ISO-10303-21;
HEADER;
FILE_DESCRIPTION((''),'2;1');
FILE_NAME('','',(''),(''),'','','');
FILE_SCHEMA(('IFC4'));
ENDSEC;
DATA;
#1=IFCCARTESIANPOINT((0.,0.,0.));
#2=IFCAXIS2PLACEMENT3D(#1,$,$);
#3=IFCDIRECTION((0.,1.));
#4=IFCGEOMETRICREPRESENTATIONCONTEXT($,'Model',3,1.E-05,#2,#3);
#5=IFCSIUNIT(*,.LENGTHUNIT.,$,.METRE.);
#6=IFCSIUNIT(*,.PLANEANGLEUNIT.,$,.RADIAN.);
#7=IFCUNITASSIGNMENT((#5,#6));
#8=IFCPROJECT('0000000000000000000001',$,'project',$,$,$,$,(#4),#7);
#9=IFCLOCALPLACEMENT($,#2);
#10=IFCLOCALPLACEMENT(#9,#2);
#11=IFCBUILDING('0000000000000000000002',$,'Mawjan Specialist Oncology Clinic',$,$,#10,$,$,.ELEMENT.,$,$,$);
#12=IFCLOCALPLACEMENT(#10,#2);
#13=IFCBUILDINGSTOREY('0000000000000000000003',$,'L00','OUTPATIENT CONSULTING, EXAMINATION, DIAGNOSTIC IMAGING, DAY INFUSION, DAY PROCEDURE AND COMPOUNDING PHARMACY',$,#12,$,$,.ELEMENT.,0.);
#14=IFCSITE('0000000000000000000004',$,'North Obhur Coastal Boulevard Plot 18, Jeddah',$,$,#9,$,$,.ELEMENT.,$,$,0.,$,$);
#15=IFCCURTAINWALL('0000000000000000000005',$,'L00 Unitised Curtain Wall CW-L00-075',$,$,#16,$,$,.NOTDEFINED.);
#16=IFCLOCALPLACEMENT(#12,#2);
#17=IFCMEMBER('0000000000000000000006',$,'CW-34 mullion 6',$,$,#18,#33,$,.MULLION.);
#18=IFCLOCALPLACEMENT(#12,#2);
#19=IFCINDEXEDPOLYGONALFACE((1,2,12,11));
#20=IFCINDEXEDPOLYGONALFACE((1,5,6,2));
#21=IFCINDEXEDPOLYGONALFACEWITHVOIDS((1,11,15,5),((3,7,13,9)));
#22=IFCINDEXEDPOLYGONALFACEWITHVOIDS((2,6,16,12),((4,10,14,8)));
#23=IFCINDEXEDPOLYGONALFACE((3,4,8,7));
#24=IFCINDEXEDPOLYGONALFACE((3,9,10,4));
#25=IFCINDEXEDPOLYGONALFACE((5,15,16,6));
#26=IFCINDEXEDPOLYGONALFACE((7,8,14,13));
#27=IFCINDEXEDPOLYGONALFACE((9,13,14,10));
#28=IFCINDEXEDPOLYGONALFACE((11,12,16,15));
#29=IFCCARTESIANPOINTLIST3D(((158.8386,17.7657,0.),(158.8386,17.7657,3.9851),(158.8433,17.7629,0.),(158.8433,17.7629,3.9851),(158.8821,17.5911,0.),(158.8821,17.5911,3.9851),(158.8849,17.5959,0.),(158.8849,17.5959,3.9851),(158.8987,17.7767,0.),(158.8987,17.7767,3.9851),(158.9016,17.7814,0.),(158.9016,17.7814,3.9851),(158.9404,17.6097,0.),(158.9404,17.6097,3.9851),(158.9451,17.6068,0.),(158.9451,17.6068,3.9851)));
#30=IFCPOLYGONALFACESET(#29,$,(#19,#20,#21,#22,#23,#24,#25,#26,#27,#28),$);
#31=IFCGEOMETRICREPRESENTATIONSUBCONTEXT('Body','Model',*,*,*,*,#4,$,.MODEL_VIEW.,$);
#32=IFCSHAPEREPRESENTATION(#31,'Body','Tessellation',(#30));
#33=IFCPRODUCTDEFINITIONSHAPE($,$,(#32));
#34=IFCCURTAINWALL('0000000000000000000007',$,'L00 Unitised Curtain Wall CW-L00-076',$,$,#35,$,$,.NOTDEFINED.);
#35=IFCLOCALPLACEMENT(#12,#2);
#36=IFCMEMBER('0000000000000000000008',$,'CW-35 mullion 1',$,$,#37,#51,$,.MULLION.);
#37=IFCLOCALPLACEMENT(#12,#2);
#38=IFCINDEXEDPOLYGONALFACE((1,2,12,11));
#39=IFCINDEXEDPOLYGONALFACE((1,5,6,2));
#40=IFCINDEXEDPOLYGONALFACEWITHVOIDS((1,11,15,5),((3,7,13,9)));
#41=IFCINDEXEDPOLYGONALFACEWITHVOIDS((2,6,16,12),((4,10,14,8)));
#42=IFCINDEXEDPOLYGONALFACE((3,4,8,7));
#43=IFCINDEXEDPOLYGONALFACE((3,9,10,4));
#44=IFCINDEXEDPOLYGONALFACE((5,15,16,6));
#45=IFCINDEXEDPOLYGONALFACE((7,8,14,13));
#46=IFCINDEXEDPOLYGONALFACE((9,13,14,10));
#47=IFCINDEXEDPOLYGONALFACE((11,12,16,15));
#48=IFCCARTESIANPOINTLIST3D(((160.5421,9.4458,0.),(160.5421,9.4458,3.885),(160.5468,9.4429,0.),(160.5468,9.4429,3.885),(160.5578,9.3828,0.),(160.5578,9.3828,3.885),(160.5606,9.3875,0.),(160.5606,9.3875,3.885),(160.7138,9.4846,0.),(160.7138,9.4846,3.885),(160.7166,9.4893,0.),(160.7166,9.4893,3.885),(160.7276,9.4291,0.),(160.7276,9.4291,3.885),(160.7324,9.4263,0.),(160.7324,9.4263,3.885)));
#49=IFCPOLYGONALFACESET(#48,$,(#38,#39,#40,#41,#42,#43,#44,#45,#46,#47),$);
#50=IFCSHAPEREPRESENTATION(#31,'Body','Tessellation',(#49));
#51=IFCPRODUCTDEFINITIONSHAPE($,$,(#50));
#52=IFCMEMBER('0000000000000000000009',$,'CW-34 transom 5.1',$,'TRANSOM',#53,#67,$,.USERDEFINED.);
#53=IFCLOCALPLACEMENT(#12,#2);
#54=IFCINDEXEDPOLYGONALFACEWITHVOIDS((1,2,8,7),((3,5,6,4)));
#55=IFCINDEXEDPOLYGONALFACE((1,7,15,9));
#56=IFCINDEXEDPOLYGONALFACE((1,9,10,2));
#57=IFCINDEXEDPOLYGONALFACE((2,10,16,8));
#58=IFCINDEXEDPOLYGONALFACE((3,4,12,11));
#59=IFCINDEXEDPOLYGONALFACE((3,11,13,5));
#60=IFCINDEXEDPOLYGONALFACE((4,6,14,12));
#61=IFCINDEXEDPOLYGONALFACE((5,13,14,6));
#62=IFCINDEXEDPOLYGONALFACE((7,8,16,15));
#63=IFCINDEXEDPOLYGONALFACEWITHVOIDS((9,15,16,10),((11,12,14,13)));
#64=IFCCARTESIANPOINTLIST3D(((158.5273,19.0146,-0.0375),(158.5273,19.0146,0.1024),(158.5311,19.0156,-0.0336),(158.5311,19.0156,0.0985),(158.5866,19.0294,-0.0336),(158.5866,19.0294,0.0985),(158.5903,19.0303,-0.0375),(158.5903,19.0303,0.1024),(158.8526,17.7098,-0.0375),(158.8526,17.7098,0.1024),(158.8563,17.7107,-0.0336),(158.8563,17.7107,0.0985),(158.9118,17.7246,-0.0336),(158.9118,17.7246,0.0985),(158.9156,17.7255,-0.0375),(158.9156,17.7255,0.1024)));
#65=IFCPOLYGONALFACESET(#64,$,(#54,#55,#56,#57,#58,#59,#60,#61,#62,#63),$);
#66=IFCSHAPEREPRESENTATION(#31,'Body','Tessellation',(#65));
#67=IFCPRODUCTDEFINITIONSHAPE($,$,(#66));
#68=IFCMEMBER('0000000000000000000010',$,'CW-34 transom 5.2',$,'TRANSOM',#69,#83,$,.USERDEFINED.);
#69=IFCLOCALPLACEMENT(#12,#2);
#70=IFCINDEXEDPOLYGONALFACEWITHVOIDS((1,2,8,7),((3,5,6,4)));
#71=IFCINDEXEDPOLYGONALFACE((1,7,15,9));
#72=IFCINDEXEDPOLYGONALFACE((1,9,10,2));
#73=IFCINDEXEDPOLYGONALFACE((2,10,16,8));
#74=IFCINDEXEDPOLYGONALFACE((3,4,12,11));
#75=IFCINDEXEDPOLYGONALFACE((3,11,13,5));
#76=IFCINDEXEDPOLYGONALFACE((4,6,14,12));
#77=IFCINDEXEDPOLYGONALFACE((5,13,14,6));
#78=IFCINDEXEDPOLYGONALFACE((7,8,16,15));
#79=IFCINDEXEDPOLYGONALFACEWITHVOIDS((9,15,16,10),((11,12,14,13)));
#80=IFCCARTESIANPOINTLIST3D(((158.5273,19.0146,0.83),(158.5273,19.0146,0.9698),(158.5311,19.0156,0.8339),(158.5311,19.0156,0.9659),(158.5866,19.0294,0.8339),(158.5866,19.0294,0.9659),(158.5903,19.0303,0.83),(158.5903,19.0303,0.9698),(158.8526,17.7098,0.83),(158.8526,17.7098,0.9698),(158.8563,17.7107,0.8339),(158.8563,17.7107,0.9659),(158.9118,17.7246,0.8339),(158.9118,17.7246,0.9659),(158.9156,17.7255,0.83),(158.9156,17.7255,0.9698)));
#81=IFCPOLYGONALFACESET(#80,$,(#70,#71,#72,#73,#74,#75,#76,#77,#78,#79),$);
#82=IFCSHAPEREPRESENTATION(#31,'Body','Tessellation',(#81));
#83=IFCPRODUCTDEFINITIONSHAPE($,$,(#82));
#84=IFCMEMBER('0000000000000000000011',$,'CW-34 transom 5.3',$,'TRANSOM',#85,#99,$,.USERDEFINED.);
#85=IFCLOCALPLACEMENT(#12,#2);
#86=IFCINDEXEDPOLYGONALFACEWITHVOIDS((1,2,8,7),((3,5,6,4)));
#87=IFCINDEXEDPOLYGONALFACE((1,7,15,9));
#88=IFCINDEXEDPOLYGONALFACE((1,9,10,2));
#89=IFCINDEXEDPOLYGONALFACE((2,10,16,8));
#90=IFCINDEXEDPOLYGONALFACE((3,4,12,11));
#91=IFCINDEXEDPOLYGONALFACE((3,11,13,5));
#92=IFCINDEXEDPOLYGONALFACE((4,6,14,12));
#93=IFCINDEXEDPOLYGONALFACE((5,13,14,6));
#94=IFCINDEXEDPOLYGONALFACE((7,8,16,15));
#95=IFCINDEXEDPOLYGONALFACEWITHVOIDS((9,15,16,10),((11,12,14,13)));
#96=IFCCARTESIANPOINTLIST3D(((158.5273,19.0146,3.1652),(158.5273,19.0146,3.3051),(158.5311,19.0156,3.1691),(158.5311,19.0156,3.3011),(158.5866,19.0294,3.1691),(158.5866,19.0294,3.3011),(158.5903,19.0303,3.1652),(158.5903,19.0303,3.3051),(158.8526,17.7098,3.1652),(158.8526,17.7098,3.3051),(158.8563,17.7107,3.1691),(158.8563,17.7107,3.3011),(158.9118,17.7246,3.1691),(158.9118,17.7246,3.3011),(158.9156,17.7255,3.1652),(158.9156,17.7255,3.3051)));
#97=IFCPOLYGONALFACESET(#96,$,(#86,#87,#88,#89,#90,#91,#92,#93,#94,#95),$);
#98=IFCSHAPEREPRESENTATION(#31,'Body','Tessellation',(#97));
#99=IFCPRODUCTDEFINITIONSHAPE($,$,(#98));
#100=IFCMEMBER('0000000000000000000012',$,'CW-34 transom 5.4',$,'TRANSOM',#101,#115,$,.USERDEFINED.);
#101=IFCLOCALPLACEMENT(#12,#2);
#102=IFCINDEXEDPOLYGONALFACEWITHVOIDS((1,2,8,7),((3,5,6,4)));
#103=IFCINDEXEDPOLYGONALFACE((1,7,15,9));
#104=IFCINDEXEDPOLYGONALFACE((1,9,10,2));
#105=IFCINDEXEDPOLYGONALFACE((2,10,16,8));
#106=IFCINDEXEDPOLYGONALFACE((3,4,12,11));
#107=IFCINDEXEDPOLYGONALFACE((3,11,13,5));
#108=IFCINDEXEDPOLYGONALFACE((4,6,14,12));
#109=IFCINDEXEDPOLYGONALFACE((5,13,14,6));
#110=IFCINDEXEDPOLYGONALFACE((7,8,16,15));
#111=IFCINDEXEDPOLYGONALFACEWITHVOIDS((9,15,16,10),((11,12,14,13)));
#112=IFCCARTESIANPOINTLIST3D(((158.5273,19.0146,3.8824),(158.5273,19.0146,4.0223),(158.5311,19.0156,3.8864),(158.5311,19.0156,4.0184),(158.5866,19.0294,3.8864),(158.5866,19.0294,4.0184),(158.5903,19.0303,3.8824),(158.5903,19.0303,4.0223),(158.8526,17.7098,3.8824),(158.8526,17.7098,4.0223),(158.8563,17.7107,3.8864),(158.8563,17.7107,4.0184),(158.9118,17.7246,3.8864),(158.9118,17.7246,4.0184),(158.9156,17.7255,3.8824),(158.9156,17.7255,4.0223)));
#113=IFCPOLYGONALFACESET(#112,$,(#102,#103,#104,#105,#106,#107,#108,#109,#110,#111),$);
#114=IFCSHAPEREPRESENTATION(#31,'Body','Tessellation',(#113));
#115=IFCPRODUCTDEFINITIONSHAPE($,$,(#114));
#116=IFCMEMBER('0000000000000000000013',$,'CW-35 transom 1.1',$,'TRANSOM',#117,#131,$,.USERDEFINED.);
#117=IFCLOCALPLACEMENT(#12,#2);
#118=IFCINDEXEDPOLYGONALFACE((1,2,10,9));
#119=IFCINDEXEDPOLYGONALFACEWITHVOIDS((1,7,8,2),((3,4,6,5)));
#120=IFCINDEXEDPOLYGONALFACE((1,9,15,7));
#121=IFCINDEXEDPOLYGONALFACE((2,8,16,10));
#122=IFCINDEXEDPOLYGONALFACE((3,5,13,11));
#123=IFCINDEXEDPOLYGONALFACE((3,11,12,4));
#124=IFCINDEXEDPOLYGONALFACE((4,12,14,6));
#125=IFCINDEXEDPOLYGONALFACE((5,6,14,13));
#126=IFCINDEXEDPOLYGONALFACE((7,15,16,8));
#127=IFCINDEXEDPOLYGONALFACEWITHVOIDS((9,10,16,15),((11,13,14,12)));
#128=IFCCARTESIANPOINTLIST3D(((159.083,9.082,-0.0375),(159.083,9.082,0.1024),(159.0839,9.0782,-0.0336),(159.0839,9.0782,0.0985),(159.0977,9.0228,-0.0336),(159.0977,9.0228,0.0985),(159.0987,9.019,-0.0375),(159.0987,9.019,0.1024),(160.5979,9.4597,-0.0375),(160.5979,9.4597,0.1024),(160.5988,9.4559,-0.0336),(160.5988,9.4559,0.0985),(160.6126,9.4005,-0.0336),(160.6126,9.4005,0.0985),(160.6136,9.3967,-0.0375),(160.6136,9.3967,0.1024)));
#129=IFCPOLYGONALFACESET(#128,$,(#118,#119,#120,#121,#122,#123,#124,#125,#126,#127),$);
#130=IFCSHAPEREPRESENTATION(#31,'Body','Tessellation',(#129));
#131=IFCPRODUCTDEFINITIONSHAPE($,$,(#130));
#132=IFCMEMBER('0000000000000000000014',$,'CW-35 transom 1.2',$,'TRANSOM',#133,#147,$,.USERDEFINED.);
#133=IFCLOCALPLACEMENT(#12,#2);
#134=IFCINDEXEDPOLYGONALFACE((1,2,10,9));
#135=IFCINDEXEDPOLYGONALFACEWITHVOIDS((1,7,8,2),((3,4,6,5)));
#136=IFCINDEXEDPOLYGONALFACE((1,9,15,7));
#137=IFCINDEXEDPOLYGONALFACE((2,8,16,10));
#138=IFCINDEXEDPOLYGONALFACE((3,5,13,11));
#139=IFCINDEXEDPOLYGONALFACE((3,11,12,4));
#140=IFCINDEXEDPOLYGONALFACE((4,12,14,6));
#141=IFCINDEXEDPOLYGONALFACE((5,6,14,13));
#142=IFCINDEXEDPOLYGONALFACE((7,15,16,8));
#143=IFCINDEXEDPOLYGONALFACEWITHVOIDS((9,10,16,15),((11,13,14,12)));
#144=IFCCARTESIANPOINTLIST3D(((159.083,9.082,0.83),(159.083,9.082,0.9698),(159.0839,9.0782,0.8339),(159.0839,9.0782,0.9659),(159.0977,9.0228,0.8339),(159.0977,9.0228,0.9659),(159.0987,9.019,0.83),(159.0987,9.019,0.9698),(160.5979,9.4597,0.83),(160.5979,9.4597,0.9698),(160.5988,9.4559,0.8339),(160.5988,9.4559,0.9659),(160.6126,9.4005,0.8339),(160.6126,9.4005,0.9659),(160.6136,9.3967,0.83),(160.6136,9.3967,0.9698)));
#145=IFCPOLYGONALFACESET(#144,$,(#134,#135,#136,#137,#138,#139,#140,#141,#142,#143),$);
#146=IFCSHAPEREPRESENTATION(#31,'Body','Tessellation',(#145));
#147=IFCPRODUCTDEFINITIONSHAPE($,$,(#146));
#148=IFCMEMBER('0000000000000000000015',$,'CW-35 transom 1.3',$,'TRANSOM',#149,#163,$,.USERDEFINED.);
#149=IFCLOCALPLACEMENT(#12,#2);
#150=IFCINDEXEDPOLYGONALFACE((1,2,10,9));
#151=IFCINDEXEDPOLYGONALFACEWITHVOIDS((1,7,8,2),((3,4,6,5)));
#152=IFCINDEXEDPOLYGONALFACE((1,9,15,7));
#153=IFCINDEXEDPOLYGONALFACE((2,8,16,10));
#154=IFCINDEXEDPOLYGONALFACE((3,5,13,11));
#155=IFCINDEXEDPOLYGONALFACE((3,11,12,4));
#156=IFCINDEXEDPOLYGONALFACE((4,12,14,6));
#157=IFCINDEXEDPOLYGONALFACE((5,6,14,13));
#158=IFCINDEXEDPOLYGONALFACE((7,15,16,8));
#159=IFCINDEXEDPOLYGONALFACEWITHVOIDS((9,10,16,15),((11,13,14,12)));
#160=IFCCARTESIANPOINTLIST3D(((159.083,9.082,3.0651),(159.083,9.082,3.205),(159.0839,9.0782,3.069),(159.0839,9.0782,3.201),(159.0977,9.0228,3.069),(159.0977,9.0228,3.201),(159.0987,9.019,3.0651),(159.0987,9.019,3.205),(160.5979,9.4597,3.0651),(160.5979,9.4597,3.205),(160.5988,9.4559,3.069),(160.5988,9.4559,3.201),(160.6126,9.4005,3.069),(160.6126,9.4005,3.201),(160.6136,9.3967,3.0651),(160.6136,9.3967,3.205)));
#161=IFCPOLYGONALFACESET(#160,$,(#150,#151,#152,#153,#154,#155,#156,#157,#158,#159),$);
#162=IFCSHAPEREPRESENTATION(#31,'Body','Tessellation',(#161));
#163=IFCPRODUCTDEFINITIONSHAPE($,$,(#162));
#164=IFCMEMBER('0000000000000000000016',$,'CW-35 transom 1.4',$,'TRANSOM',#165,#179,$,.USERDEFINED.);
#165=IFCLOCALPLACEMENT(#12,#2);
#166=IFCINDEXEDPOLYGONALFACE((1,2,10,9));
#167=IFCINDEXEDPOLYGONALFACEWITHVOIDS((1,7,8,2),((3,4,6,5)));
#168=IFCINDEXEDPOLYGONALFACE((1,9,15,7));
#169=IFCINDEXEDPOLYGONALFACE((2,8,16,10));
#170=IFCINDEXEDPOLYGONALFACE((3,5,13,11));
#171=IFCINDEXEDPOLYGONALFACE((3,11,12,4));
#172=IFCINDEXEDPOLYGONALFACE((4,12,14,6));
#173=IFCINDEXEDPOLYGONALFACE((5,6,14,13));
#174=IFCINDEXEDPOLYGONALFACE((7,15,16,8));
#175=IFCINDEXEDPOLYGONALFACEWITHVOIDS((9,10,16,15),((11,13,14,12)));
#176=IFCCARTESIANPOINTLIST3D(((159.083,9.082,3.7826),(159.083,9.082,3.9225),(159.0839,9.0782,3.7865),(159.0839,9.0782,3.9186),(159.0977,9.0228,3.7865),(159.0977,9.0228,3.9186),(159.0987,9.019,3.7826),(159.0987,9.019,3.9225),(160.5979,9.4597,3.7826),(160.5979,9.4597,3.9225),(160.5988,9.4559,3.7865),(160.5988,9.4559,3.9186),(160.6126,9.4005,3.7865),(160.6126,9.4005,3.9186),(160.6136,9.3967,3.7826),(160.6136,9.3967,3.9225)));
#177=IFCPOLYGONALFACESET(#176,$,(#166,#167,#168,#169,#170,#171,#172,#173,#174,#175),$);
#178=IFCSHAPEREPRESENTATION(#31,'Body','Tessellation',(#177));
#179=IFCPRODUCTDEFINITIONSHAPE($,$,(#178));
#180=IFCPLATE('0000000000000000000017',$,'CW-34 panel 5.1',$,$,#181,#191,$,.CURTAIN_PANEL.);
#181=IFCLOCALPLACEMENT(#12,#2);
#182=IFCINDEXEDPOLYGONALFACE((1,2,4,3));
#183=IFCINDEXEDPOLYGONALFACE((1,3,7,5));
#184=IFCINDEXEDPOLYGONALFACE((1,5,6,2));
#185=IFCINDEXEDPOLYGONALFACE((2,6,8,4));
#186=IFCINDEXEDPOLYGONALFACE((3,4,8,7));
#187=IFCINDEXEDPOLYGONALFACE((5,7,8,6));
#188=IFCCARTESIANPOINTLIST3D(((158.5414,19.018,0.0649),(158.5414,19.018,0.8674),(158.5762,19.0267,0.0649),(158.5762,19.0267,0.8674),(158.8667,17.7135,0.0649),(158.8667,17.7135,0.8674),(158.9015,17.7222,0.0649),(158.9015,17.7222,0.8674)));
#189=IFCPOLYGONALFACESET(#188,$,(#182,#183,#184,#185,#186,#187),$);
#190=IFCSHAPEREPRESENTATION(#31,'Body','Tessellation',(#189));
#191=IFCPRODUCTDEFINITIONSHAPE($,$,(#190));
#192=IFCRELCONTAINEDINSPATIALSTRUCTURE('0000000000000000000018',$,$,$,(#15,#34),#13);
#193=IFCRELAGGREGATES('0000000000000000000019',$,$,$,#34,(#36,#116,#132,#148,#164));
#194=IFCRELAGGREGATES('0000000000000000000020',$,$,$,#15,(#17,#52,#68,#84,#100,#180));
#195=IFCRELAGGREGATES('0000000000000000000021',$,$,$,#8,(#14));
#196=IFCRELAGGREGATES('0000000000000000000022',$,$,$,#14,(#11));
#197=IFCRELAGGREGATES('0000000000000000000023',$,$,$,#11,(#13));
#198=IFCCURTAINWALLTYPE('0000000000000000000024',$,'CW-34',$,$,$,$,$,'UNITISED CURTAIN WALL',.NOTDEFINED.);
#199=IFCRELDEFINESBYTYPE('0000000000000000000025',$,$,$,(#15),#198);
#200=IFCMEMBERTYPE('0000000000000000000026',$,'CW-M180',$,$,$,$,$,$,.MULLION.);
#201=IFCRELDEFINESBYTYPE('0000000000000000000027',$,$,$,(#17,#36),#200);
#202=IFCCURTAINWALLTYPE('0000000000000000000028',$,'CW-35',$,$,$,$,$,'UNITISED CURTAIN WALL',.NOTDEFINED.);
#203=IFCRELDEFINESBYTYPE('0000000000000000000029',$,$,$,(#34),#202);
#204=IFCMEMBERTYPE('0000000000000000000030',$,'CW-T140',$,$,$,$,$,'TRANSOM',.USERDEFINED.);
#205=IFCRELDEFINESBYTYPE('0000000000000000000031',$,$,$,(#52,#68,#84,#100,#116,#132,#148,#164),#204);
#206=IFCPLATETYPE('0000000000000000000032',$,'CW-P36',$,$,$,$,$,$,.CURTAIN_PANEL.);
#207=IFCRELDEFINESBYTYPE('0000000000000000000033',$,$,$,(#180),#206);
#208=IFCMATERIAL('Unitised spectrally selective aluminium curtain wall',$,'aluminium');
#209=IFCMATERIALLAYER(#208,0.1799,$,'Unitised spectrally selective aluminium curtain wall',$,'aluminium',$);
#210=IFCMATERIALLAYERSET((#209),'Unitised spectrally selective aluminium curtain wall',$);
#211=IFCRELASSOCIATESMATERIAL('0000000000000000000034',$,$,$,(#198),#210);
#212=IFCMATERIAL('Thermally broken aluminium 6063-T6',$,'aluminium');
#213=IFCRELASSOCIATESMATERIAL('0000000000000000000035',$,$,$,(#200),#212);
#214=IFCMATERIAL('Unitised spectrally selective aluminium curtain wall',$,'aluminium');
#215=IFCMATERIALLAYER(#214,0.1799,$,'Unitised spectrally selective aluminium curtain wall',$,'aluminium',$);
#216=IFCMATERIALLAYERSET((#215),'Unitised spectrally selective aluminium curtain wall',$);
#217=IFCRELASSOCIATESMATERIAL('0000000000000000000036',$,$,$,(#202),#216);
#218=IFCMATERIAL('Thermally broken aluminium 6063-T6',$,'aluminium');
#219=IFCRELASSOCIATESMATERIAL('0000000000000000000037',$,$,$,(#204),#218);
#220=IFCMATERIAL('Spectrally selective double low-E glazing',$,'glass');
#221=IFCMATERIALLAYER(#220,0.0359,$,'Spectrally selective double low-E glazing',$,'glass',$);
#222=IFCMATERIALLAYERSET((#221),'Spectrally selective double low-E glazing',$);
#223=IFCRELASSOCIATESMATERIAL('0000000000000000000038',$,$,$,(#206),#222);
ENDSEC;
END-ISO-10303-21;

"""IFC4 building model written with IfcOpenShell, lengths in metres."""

from ifc_helpers import new_model, si_unit, direction, frame, origin, origin_2d, place, context, subcontext, project, spatial, rectangle, hollow_rectangle, extrude, material, layer, layer_set, material_profile, profile_set, type_object, element, aggregate, save


model = new_model("IFC4")

# Units and contexts
model_context = context("Model", 3, precision=1e-05, world=origin(), true_north=direction((0.0, 1.0)))
body_context = subcontext(model_context, "Body", "Model", "MODEL_VIEW")
ifc_project = project(units=[si_unit("LENGTHUNIT", "METRE"), si_unit("PLANEANGLEUNIT", "RADIAN")], contexts=[model_context])

# Site, building, storey
site_placement = place(None, origin())
site = spatial("IfcSite", under=ifc_project, at=site_placement, Name="North Obhur Coastal Boulevard Plot 18, Jeddah", CompositionType="ELEMENT", RefElevation=0.0)
building_placement = place(site_placement, origin())
building = spatial("IfcBuilding", under=site, at=building_placement, Name="Mawjan Specialist Oncology Clinic", CompositionType="ELEMENT")
storey_placement = place(building_placement, origin())
storey = spatial("IfcBuildingStorey", under=building, at=storey_placement, Name="L00", Description="OUTPATIENT CONSULTING, EXAMINATION, DIAGNOSTIC IMAGING, DAY INFUSION, DAY PROCEDURE AND COMPOUNDING PHARMACY", CompositionType="ELEMENT", Elevation=0.0)

# Curtain wall, member
ifc_material_1 = material(Name="Unitised spectrally selective aluminium curtain wall", Category="aluminium")
ifc_layer_1 = layer(ifc_material_1, 0.1799, Name="Unitised spectrally selective aluminium curtain wall", Category="aluminium")
ifc_layer_set_1 = layer_set([ifc_layer_1], Name="Unitised spectrally selective aluminium curtain wall")
curtain_wall_type_1 = type_object("IfcCurtainWallType", Name="CW-34", ElementType="UNITISED CURTAIN WALL", PredefinedType="NOTDEFINED", material=ifc_layer_set_1)
curtain_wall_1_placement = place(storey_placement, origin())
curtain_wall_1 = element("IfcCurtainWall", 1, at=curtain_wall_1_placement, inside=storey, type_object=curtain_wall_type_1, Name="L00 Unitised Curtain Wall CW-L00-075", PredefinedType="NOTDEFINED")
ifc_material_2 = material(Name="Thermally broken aluminium 6063-T6", Category="aluminium")
ifc_material_profile_1 = material_profile(ifc_material_2, hollow_rectangle(XDim=0.0649, YDim=0.1799, WallThickness=0.0039, at=origin_2d()), Name="ALU MULLION 180x65x4", Category="aluminium")
ifc_profile_set_1 = profile_set([ifc_material_profile_1], Name="Thermally broken aluminium 6063-T6")
member_type_1 = type_object("IfcMemberType", Name="CW-M180", PredefinedType="MULLION", material=ifc_profile_set_1)
member_1_placement = place(storey_placement, frame((158.8918, 17.6863, 0.0), z_axis=(0.0, 0.0, 1.0), x_axis=(0.970296, 0.241922, 0.0)))
member_1 = element("IfcMember", 2, at=member_1_placement, type_object=member_type_1, Name="CW-34 mullion 6", PredefinedType="MULLION", context=body_context, shape_type="SweptSolid", body=[
    extrude(hollow_rectangle(XDim=0.0649, YDim=0.1799, WallThickness=0.0039, at=origin_2d()), origin(), (0.0, 0.0, 1.0), 3.9851),
])

# Curtain wall, member
ifc_material_3 = material(Name="Unitised spectrally selective aluminium curtain wall", Category="aluminium")
ifc_layer_2 = layer(ifc_material_3, 0.1799, Name="Unitised spectrally selective aluminium curtain wall", Category="aluminium")
ifc_layer_set_2 = layer_set([ifc_layer_2], Name="Unitised spectrally selective aluminium curtain wall")
curtain_wall_type_2 = type_object("IfcCurtainWallType", Name="CW-35", ElementType="UNITISED CURTAIN WALL", PredefinedType="NOTDEFINED", material=ifc_layer_set_2)
curtain_wall_2_placement = place(storey_placement, origin())
curtain_wall_2 = element("IfcCurtainWall", 3, at=curtain_wall_2_placement, inside=storey, type_object=curtain_wall_type_2, Name="L00 Unitised Curtain Wall CW-L00-076", PredefinedType="NOTDEFINED")
member_2_placement = place(storey_placement, frame((160.6372, 9.436, 0.0), z_axis=(0.0, 0.0, 1.0), x_axis=(0.241922, -0.970296, 0.0)))
member_2 = element("IfcMember", 4, at=member_2_placement, type_object=member_type_1, Name="CW-35 mullion 1", PredefinedType="MULLION", context=body_context, shape_type="SweptSolid", body=[
    extrude(hollow_rectangle(XDim=0.0649, YDim=0.1799, WallThickness=0.0039, at=origin_2d()), origin(), (0.0, 0.0, 1.0), 3.885),
])

# Members
ifc_material_4 = material(Name="Thermally broken aluminium 6063-T6", Category="aluminium")
ifc_material_profile_2 = material_profile(ifc_material_4, hollow_rectangle(XDim=0.0649, YDim=0.1399, WallThickness=0.0039, at=origin_2d()), Name="ALU TRANSOM 140x65x4", Category="aluminium")
ifc_profile_set_2 = profile_set([ifc_material_profile_2], Name="Thermally broken aluminium 6063-T6")
member_type_2 = type_object("IfcMemberType", Name="CW-T140", ElementType="TRANSOM", PredefinedType="USERDEFINED", material=ifc_profile_set_2)
member_3_placement = place(storey_placement, frame((158.5588, 19.0225, 0.0325), z_axis=(0.241852, -0.970313, 0.0), x_axis=(0.970313, 0.241852, 0.0)))
member_3 = element("IfcMember", 5, at=member_3_placement, type_object=member_type_2, Name="CW-34 transom 5.1", ObjectType="TRANSOM", PredefinedType="USERDEFINED", context=body_context, shape_type="SweptSolid", body=[
    extrude(hollow_rectangle(XDim=0.0649, YDim=0.1399, WallThickness=0.0039, at=origin_2d()), origin(), (0.0, 0.0, 1.0), 1.3447),
])
member_4_placement = place(storey_placement, frame((158.5588, 19.0225, 0.8999), z_axis=(0.241852, -0.970313, 0.0), x_axis=(0.970313, 0.241852, 0.0)))
member_4 = element("IfcMember", 6, at=member_4_placement, type_object=member_type_2, Name="CW-34 transom 5.2", ObjectType="TRANSOM", PredefinedType="USERDEFINED", context=body_context, shape_type="SweptSolid", body=[
    extrude(hollow_rectangle(XDim=0.0649, YDim=0.1399, WallThickness=0.0039, at=origin_2d()), origin(), (0.0, 0.0, 1.0), 1.3447),
])
member_5_placement = place(storey_placement, frame((158.5588, 19.0225, 3.2351), z_axis=(0.241852, -0.970313, 0.0), x_axis=(0.970313, 0.241852, 0.0)))
member_5 = element("IfcMember", 7, at=member_5_placement, type_object=member_type_2, Name="CW-34 transom 5.3", ObjectType="TRANSOM", PredefinedType="USERDEFINED", context=body_context, shape_type="SweptSolid", body=[
    extrude(hollow_rectangle(XDim=0.0649, YDim=0.1399, WallThickness=0.0039, at=origin_2d()), origin(), (0.0, 0.0, 1.0), 1.3447),
])
member_6_placement = place(storey_placement, frame((158.5588, 19.0225, 3.9524), z_axis=(0.241852, -0.970313, 0.0), x_axis=(0.970313, 0.241852, 0.0)))
member_6 = element("IfcMember", 8, at=member_6_placement, type_object=member_type_2, Name="CW-34 transom 5.4", ObjectType="TRANSOM", PredefinedType="USERDEFINED", context=body_context, shape_type="SweptSolid", body=[
    extrude(hollow_rectangle(XDim=0.0649, YDim=0.1399, WallThickness=0.0039, at=origin_2d()), origin(), (0.0, 0.0, 1.0), 1.3447),
])
member_7_placement = place(storey_placement, frame((160.6057, 9.4282, 0.0325), z_axis=(-0.970299, -0.24191, 0.0), x_axis=(0.24191, -0.970299, 0.0)))
member_7 = element("IfcMember", 9, at=member_7_placement, type_object=member_type_2, Name="CW-35 transom 1.1", ObjectType="TRANSOM", PredefinedType="USERDEFINED", context=body_context, shape_type="SweptSolid", body=[
    extrude(hollow_rectangle(XDim=0.0649, YDim=0.1399, WallThickness=0.0039, at=origin_2d()), origin(), (0.0, 0.0, 1.0), 1.5613),
])
member_8_placement = place(storey_placement, frame((160.6057, 9.4282, 0.8999), z_axis=(-0.970299, -0.24191, 0.0), x_axis=(0.24191, -0.970299, 0.0)))
member_8 = element("IfcMember", 10, at=member_8_placement, type_object=member_type_2, Name="CW-35 transom 1.2", ObjectType="TRANSOM", PredefinedType="USERDEFINED", context=body_context, shape_type="SweptSolid", body=[
    extrude(hollow_rectangle(XDim=0.0649, YDim=0.1399, WallThickness=0.0039, at=origin_2d()), origin(), (0.0, 0.0, 1.0), 1.5613),
])
member_9_placement = place(storey_placement, frame((160.6057, 9.4282, 3.135), z_axis=(-0.970299, -0.24191, 0.0), x_axis=(0.24191, -0.970299, 0.0)))
member_9 = element("IfcMember", 11, at=member_9_placement, type_object=member_type_2, Name="CW-35 transom 1.3", ObjectType="TRANSOM", PredefinedType="USERDEFINED", context=body_context, shape_type="SweptSolid", body=[
    extrude(hollow_rectangle(XDim=0.0649, YDim=0.1399, WallThickness=0.0039, at=origin_2d()), origin(), (0.0, 0.0, 1.0), 1.5613),
])
member_10_placement = place(storey_placement, frame((160.6057, 9.4282, 3.8525), z_axis=(-0.970299, -0.24191, 0.0), x_axis=(0.24191, -0.970299, 0.0)))
member_10 = element("IfcMember", 12, at=member_10_placement, type_object=member_type_2, Name="CW-35 transom 1.4", ObjectType="TRANSOM", PredefinedType="USERDEFINED", context=body_context, shape_type="SweptSolid", body=[
    extrude(hollow_rectangle(XDim=0.0649, YDim=0.1399, WallThickness=0.0039, at=origin_2d()), origin(), (0.0, 0.0, 1.0), 1.5613),
])
aggregate(curtain_wall_2, [member_2, member_7, member_8, member_9, member_10])

# Plate
ifc_material_5 = material(Name="Spectrally selective double low-E glazing", Category="glass")
ifc_layer_3 = layer(ifc_material_5, 0.0359, Name="Spectrally selective double low-E glazing", Category="glass")
ifc_layer_set_3 = layer_set([ifc_layer_3], Name="Spectrally selective double low-E glazing")
plate_type = type_object("IfcPlateType", Name="CW-P36", PredefinedType="CURTAIN_PANEL", material=ifc_layer_set_3)
plate_1_placement = place(storey_placement, frame((158.7214, 18.3701, 0.0649), z_axis=(0.0, 0.0, 1.0), x_axis=(0.241922, -0.970296, 0.0)))
plate_1 = element("IfcPlate", 13, at=plate_1_placement, type_object=plate_type, Name="CW-34 panel 5.1", PredefinedType="CURTAIN_PANEL", context=body_context, shape_type="SweptSolid", body=[
    extrude(rectangle(XDim=1.3445, YDim=0.0359, at=origin_2d()), origin(), (0.0, 0.0, 1.0), 0.8025),
])
aggregate(curtain_wall_1, [member_1, member_3, member_4, member_5, member_6, plate_1])

save(model, "model.ifc")
